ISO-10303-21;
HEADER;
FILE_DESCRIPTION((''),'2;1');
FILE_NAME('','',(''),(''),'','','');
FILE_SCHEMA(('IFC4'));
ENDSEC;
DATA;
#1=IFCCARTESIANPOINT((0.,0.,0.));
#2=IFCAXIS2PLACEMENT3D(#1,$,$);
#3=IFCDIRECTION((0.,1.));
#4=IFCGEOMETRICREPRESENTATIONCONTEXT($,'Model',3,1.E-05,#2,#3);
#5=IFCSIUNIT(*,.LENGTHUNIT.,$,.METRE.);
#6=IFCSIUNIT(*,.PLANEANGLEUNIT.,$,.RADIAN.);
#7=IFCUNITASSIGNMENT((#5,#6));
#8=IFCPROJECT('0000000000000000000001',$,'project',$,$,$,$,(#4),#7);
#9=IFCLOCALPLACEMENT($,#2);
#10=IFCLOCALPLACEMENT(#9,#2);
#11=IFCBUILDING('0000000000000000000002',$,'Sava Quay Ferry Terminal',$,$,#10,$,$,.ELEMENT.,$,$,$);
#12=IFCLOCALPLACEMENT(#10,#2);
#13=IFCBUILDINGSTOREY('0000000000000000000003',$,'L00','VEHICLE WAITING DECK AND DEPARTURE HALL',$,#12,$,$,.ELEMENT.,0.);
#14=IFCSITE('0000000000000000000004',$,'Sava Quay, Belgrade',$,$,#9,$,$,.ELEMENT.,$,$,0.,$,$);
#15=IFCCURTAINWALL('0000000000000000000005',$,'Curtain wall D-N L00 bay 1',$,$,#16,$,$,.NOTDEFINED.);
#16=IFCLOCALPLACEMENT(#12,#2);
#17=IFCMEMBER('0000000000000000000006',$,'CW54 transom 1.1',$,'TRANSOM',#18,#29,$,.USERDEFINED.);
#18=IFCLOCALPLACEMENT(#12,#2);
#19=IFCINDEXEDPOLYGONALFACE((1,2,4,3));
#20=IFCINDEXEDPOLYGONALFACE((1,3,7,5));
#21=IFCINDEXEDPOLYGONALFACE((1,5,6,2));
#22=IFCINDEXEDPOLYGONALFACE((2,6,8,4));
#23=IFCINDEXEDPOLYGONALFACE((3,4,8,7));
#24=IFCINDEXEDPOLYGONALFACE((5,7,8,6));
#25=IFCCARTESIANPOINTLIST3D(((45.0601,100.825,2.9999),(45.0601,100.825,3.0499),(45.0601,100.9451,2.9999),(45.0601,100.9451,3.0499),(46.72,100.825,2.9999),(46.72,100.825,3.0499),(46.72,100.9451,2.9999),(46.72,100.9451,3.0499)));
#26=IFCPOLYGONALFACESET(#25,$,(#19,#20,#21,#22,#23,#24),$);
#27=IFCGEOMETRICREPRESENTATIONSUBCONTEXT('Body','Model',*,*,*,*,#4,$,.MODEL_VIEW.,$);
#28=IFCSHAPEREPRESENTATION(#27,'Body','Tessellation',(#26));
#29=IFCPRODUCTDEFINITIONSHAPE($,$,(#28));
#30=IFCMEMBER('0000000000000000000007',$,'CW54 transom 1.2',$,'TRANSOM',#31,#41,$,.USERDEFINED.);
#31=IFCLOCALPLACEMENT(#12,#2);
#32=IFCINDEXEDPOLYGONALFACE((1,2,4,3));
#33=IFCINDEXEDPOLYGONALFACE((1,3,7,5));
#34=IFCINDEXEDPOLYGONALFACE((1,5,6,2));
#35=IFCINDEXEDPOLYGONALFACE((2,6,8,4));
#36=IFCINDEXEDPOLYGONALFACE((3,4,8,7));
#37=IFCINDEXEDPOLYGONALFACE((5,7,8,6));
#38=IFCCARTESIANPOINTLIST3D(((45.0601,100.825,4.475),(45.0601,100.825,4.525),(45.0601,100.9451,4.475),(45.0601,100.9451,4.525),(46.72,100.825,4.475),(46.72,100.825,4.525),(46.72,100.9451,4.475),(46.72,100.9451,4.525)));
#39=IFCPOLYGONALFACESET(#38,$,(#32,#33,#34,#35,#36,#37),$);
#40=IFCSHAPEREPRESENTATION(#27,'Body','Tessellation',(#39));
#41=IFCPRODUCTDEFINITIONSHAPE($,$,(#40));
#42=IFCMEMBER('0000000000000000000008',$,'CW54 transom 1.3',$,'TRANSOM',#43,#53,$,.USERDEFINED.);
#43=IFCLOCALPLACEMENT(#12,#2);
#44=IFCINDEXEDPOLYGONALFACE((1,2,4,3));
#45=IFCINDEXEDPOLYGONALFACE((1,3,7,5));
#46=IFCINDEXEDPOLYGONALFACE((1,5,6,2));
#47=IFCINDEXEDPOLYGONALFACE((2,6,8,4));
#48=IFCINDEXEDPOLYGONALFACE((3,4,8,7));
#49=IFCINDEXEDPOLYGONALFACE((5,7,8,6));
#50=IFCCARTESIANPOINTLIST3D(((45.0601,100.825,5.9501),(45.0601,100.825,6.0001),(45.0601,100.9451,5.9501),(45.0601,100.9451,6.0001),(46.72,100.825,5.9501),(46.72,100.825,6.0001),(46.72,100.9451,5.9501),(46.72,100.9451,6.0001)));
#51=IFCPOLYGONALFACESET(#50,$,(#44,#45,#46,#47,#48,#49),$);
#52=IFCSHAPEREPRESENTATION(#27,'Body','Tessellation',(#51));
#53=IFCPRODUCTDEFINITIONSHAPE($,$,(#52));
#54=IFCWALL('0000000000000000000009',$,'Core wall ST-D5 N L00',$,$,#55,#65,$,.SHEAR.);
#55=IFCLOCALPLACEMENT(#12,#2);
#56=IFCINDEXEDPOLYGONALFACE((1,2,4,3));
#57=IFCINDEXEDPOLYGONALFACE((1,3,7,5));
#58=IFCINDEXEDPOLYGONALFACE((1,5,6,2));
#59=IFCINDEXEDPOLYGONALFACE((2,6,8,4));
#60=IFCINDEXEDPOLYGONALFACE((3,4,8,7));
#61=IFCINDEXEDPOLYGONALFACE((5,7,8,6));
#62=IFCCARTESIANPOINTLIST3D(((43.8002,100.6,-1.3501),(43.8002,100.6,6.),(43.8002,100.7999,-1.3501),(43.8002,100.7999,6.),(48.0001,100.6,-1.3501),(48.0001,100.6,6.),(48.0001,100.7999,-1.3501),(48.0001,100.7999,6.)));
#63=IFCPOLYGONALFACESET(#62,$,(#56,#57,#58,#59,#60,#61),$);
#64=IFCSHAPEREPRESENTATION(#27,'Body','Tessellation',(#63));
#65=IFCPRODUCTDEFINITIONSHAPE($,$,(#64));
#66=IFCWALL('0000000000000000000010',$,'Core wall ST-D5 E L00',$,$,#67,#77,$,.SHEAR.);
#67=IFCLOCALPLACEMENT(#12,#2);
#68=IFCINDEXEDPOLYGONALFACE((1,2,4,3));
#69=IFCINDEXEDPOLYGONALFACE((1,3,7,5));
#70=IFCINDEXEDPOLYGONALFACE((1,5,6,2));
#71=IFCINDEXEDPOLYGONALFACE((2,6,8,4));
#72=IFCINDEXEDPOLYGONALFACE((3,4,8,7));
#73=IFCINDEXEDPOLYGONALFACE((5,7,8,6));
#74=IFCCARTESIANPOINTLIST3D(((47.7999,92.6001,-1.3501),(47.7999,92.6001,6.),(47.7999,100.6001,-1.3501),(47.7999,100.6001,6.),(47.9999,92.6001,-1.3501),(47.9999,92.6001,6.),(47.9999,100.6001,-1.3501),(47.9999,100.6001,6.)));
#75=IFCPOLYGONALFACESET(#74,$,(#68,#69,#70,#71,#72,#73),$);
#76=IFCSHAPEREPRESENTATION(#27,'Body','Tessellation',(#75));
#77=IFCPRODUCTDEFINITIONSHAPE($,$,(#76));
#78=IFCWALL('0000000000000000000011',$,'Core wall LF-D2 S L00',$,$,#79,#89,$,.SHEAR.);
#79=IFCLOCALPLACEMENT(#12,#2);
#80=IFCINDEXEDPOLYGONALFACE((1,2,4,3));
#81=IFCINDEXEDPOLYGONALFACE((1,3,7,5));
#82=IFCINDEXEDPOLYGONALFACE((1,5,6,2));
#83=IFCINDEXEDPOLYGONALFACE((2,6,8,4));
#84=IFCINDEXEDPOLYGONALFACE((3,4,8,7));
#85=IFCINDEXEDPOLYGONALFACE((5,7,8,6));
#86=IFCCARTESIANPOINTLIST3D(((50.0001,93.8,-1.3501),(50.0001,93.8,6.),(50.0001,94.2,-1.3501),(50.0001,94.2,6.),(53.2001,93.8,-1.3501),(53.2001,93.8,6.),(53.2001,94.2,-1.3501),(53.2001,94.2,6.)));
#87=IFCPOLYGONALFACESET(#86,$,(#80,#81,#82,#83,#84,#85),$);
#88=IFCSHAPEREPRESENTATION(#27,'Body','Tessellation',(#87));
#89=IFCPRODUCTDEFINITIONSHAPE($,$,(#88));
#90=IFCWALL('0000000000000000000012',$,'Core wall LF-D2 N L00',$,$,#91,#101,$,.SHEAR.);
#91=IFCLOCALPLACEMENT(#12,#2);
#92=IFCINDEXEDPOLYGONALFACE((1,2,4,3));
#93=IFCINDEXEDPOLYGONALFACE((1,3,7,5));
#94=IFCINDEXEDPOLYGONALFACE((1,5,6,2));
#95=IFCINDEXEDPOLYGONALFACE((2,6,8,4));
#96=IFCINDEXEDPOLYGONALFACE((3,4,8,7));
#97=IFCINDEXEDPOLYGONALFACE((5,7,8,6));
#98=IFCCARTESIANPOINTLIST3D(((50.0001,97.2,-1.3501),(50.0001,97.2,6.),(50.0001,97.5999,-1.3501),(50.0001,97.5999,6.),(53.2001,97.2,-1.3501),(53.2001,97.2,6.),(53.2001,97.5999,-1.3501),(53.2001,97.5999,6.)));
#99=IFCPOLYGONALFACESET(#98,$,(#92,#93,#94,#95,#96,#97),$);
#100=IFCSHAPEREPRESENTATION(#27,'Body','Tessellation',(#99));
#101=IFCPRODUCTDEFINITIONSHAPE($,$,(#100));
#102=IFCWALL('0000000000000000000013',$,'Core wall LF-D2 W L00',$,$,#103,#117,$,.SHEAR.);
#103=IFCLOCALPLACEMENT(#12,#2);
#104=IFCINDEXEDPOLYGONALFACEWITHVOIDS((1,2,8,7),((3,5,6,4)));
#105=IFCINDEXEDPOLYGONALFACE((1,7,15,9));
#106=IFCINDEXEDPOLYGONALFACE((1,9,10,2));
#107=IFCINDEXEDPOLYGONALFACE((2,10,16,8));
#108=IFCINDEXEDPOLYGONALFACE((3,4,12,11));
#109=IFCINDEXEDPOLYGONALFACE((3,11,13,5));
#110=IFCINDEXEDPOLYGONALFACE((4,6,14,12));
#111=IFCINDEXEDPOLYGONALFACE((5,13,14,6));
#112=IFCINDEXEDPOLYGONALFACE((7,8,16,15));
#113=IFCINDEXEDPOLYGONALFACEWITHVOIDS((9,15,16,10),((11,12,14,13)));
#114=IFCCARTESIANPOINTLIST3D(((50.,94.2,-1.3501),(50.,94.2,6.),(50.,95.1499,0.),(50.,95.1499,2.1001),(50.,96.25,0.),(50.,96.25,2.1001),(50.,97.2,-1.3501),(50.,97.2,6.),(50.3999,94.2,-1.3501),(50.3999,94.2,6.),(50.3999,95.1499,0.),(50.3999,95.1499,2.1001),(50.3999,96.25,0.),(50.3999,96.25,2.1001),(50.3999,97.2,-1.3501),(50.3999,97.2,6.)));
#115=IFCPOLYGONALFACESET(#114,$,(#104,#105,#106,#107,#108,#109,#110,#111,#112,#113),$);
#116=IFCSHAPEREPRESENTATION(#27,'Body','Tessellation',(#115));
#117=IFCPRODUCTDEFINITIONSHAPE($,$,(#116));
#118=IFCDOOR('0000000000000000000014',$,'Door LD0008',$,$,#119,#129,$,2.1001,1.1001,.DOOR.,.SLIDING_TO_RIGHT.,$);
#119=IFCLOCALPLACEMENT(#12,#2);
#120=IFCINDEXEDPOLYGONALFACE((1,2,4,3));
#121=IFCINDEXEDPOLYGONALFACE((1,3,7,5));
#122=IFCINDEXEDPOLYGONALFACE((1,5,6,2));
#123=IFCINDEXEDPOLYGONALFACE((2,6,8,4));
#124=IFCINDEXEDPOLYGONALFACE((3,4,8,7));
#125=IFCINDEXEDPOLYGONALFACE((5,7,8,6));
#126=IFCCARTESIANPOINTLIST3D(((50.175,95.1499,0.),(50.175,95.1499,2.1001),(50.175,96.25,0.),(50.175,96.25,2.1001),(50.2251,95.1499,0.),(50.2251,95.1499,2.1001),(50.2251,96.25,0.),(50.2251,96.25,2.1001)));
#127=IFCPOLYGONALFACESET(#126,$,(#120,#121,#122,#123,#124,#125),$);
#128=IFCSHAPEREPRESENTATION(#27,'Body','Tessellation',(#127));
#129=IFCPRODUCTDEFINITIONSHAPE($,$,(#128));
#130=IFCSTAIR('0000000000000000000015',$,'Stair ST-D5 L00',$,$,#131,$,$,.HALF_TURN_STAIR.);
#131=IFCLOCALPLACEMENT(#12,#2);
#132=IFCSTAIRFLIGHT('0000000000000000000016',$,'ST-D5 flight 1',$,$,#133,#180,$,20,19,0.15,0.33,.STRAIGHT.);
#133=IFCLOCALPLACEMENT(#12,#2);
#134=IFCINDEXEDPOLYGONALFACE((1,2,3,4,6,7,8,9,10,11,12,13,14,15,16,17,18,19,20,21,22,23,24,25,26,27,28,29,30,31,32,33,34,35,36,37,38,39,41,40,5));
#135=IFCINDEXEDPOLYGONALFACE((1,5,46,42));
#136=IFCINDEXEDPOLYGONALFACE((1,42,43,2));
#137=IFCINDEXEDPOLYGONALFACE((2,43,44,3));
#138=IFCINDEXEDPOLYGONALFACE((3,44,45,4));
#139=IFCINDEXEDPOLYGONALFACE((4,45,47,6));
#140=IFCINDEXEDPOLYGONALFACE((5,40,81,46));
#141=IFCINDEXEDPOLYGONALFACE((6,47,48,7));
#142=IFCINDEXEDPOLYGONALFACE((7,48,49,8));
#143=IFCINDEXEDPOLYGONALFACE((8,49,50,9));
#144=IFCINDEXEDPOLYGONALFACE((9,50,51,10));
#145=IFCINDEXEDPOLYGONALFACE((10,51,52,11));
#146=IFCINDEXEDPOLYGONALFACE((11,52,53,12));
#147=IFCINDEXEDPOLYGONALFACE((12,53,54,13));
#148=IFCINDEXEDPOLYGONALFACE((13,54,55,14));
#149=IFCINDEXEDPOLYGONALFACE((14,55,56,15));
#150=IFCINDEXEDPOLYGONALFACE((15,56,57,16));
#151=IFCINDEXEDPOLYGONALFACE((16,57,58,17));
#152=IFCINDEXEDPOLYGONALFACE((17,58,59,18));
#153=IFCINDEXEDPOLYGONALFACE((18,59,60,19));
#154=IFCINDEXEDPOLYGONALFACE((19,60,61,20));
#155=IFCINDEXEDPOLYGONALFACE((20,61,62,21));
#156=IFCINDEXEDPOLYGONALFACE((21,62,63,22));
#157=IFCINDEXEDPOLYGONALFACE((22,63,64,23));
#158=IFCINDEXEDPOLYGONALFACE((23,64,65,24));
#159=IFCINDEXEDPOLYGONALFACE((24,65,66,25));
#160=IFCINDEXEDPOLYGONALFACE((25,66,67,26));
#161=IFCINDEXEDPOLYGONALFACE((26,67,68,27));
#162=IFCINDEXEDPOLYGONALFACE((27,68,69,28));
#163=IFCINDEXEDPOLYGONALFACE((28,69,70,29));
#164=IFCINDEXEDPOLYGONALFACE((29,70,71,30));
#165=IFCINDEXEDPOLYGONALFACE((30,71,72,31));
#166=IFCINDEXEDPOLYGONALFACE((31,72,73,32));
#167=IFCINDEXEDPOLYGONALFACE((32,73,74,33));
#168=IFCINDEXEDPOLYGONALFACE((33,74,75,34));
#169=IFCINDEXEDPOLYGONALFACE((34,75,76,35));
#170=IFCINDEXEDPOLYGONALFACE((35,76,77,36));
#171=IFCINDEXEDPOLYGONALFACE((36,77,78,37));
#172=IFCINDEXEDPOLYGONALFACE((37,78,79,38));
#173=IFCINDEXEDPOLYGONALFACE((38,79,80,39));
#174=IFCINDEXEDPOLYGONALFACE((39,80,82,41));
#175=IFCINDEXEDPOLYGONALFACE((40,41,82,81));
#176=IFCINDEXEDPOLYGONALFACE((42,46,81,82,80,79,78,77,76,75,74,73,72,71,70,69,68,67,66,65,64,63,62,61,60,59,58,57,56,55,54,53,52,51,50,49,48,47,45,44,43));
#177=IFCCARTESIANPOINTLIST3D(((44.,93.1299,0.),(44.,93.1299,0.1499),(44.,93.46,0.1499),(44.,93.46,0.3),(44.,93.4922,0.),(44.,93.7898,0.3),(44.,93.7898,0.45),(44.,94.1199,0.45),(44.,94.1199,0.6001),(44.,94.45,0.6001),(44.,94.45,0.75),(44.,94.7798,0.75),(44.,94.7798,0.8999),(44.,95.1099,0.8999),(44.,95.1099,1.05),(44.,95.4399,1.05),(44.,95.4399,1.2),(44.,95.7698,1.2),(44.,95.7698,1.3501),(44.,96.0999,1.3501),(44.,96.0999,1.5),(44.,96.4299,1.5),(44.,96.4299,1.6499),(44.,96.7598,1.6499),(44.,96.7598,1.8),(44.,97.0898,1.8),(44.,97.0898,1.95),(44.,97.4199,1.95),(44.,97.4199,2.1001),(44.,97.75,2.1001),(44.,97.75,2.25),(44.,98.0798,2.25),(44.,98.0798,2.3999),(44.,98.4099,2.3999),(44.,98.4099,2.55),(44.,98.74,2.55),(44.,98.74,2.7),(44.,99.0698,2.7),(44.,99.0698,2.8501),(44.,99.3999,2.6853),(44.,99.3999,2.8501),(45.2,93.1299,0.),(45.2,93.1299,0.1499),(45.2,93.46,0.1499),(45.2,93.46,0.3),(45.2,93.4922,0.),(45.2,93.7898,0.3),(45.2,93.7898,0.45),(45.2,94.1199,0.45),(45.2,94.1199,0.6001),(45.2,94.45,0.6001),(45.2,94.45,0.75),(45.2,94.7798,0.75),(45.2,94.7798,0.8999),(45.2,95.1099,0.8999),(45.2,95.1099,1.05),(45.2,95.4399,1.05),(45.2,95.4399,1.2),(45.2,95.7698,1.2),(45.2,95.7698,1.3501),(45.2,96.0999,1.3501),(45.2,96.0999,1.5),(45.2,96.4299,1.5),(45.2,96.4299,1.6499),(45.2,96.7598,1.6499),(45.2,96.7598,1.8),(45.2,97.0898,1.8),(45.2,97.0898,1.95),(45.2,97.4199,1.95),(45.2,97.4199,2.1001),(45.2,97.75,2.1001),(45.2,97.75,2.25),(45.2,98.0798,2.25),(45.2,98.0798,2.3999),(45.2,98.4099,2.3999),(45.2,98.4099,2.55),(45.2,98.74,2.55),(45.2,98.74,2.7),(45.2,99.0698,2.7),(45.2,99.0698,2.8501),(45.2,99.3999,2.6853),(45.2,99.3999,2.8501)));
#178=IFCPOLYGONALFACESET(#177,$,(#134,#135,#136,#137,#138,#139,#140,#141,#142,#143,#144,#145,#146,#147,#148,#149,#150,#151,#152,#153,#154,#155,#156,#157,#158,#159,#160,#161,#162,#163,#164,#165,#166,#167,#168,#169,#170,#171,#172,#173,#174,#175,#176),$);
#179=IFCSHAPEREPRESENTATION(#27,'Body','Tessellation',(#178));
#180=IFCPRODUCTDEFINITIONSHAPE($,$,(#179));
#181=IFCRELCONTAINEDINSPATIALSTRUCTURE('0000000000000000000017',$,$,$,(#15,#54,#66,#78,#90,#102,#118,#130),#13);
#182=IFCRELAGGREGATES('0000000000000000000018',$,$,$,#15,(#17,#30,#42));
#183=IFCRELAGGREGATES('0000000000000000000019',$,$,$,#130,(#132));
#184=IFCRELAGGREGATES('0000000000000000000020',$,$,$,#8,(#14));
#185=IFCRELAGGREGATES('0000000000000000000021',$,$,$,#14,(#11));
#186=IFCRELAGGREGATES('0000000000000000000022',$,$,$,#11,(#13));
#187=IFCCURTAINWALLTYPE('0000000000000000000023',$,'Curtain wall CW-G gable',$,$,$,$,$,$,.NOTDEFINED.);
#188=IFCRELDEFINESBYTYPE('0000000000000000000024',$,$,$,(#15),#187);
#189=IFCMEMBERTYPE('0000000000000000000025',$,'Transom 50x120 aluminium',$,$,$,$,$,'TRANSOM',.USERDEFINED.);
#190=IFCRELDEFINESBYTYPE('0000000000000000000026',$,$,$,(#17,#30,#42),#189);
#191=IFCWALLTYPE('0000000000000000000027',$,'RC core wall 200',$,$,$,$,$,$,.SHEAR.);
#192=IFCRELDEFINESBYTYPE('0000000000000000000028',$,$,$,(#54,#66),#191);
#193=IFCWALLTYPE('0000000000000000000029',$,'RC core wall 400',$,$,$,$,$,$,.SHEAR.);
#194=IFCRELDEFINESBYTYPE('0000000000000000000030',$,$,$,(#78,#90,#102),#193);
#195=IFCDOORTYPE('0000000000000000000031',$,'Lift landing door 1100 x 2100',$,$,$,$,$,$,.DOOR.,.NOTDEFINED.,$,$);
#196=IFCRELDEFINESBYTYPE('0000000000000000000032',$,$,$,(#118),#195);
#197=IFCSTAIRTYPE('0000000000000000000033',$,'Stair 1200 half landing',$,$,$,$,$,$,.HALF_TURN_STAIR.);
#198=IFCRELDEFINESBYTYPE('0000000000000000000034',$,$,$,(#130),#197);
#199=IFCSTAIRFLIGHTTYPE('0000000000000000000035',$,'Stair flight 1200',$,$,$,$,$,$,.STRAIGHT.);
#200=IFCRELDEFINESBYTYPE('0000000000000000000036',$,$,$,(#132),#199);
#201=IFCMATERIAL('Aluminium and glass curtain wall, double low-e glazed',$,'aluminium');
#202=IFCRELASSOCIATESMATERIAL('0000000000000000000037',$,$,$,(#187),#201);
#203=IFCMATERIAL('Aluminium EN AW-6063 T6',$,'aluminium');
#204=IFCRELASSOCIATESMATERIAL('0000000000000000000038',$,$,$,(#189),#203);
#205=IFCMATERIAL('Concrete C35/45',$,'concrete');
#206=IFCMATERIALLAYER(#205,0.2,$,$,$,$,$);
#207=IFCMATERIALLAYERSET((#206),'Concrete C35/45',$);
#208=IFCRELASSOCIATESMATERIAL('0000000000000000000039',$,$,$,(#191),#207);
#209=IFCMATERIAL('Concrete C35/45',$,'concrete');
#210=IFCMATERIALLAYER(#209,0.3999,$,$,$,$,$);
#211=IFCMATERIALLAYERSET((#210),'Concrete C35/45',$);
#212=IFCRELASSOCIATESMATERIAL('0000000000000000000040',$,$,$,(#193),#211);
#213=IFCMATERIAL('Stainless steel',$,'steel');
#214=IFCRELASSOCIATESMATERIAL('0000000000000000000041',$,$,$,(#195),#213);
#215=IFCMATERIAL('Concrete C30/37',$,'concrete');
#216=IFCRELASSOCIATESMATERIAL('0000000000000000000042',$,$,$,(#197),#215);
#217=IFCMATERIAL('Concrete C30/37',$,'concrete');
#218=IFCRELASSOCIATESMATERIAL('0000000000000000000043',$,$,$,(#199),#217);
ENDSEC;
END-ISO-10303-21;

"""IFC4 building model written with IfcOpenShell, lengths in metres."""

from ifc_helpers import new_model, si_unit, direction, frame, frame_2d, origin, origin_2d, place, context, subcontext, project, spatial, polyline, rectangle, outline, extrude, material, layer, layer_set, material_profile, profile_set, type_object, element, fill, aggregate, save


model = new_model("IFC4")

# Units and contexts
model_context = context("Model", 3, precision=1e-05, world=origin(), true_north=direction((0.0, 1.0)))
body_context = subcontext(model_context, "Body", "Model", "MODEL_VIEW")
ifc_project = project(units=[si_unit("LENGTHUNIT", "METRE"), si_unit("PLANEANGLEUNIT", "RADIAN")], contexts=[model_context])

# Site, building, storey
site_placement = place(None, origin())
site = spatial("IfcSite", under=ifc_project, at=site_placement, Name="Sava Quay, Belgrade", CompositionType="ELEMENT", RefElevation=0.0)
building_placement = place(site_placement, origin())
building = spatial("IfcBuilding", under=site, at=building_placement, Name="Sava Quay Ferry Terminal", CompositionType="ELEMENT")
storey_placement = place(building_placement, origin())
storey = spatial("IfcBuildingStorey", under=building, at=storey_placement, Name="L00", Description="VEHICLE WAITING DECK AND DEPARTURE HALL", CompositionType="ELEMENT", Elevation=0.0)

# Curtain wall
ifc_material_1 = material(Name="Aluminium and glass curtain wall, double low-e glazed", Category="aluminium")
curtain_wall_type = type_object("IfcCurtainWallType", Name="Curtain wall CW-G gable", PredefinedType="NOTDEFINED", material=ifc_material_1)
curtain_wall_placement = place(storey_placement, origin())
curtain_wall = element("IfcCurtainWall", 1, at=curtain_wall_placement, inside=storey, type_object=curtain_wall_type, Name="Curtain wall D-N L00 bay 1", PredefinedType="NOTDEFINED")

# Members
ifc_material_2 = material(Name="Aluminium EN AW-6063 T6", Category="aluminium")
ifc_material_profile_1 = material_profile(ifc_material_2, rectangle(XDim=0.1201, YDim=0.05, at=origin_2d()), Name="Transom 50x120 aluminium")
ifc_profile_set_1 = profile_set([ifc_material_profile_1], Name="Aluminium EN AW-6063 T6")
member_type_1 = type_object("IfcMemberType", Name="Transom 50x120 aluminium", ElementType="TRANSOM", PredefinedType="USERDEFINED", material=ifc_profile_set_1)
member_1_placement = place(storey_placement, frame((45.0601, 100.885, 3.0249), z_axis=(1.0, 0.0, 0.0), x_axis=(0.0, 1.0, 0.0)))
member_1 = element("IfcMember", 2, at=member_1_placement, type_object=member_type_1, Name="CW54 transom 1.1", ObjectType="TRANSOM", PredefinedType="USERDEFINED", context=body_context, shape_type="SweptSolid", body=[
    extrude(rectangle(XDim=0.1201, YDim=0.05, at=origin_2d()), origin(), (0.0, 0.0, 1.0), 1.6599),
])
member_2_placement = place(storey_placement, frame((45.0601, 100.885, 4.5), z_axis=(1.0, 0.0, 0.0), x_axis=(0.0, 1.0, 0.0)))
member_2 = element("IfcMember", 3, at=member_2_placement, type_object=member_type_1, Name="CW54 transom 1.2", ObjectType="TRANSOM", PredefinedType="USERDEFINED", context=body_context, shape_type="SweptSolid", body=[
    extrude(rectangle(XDim=0.1201, YDim=0.05, at=origin_2d()), origin(), (0.0, 0.0, 1.0), 1.6599),
])
member_3_placement = place(storey_placement, frame((45.0601, 100.885, 5.9751), z_axis=(1.0, 0.0, 0.0), x_axis=(0.0, 1.0, 0.0)))
member_3 = element("IfcMember", 4, at=member_3_placement, type_object=member_type_1, Name="CW54 transom 1.3", ObjectType="TRANSOM", PredefinedType="USERDEFINED", context=body_context, shape_type="SweptSolid", body=[
    extrude(rectangle(XDim=0.1201, YDim=0.05, at=origin_2d()), origin(), (0.0, 0.0, 1.0), 1.6599),
])
aggregate(curtain_wall, [member_1, member_2, member_3])

# Shared definitions
ifc_material_3 = material(Name="Concrete C35/45", Category="concrete")
ifc_layer_1 = layer(ifc_material_3, 0.2)
ifc_layer_set_1 = layer_set([ifc_layer_1], Name="Concrete C35/45")
wall_type_1 = type_object("IfcWallType", Name="RC core wall 200", PredefinedType="SHEAR", material=ifc_layer_set_1)

# Wall
wall_1_placement = place(storey_placement, frame((43.8, 100.7, -1.3501), z_axis=(0.0, 0.0, 1.0), x_axis=(1.0, 0.0, 0.0)))
element("IfcWall", 5, at=wall_1_placement, inside=storey, type_object=wall_type_1, Name="Core wall ST-D5 N L00", PredefinedType="SHEAR", context=body_context, shape_type="SweptSolid", body=[
    extrude(rectangle(XDim=4.2, YDim=0.2, at=frame_2d((2.1001, 0.0))), origin(), (0.0, 0.0, 1.0), 7.3501),
])

# Walls
wall_2_placement = place(storey_placement, frame((47.8999, 92.6001, -1.3501), z_axis=(0.0, 0.0, 1.0), x_axis=(0.0, 1.0, 0.0)))
element("IfcWall", 6, at=wall_2_placement, inside=storey, type_object=wall_type_1, Name="Core wall ST-D5 E L00", PredefinedType="SHEAR", context=body_context, shape_type="SweptSolid", body=[
    extrude(rectangle(XDim=8.0, YDim=0.2, at=frame_2d((4.0, 0.0))), origin(), (0.0, 0.0, 1.0), 7.3501),
])
ifc_material_4 = material(Name="Concrete C35/45", Category="concrete")
ifc_layer_2 = layer(ifc_material_4, 0.3999)
ifc_layer_set_2 = layer_set([ifc_layer_2], Name="Concrete C35/45")
wall_type_2 = type_object("IfcWallType", Name="RC core wall 400", PredefinedType="SHEAR", material=ifc_layer_set_2)
for number, where, z_axis, x_axis, name in (
    (7, (50.0, 94.0, -1.3501), (0.0, 0.0, 1.0), (1.0, 0.0, 0.0), "Core wall LF-D2 S L00"),
    (8, (50.0, 97.3999, -1.3501), (0.0, 0.0, 1.0), (1.0, 0.0, 0.0), "Core wall LF-D2 N L00"),
):
    element("IfcWall", number, at=place(storey_placement, frame(where, z_axis=z_axis, x_axis=x_axis)), inside=storey, type_object=wall_type_2, Name=name, PredefinedType="SHEAR", context=body_context, shape_type="SweptSolid", body=[
        extrude(rectangle(XDim=3.2, YDim=0.3999, at=frame_2d((1.6001, 0.0))), origin(), (0.0, 0.0, 1.0), 7.3501),
    ])

# Wall, opening, door
wall_3_placement = place(storey_placement, frame((50.2, 94.2, -1.3501), z_axis=(0.0, 0.0, 1.0), x_axis=(0.0, 1.0, 0.0)))
wall_3 = element("IfcWall", 9, at=wall_3_placement, inside=storey, type_object=wall_type_2, Name="Core wall LF-D2 W L00", PredefinedType="SHEAR", context=body_context, shape_type="SweptSolid", body=[
    extrude(rectangle(XDim=3.0, YDim=0.3999, at=frame_2d((1.5, 0.0))), origin(), (0.0, 0.0, 1.0), 7.3501),
])
opening_1_placement = place(wall_3_placement, frame((0.95, 0.0, 1.3501)))
opening_1 = element("IfcOpeningElement", 10, at=opening_1_placement, cuts=wall_3, PredefinedType="OPENING", context=body_context, shape_type="SweptSolid", body=[
    extrude(rectangle(XDim=1.1001, YDim=2.1001, at=frame_2d((0.55, 1.05))), frame((0.0, 0.2, 0.0), z_axis=(0.0, -1.0, 0.0), x_axis=(1.0, 0.0, 0.0)), (0.0, 0.0, 1.0), 0.3999),
])
ifc_material_5 = material(Name="Stainless steel", Category="steel")
door_type_1 = type_object("IfcDoorType", Name="Lift landing door 1100 x 2100", OperationType="NOTDEFINED", PredefinedType="DOOR", material=ifc_material_5)
door_1_placement = place(opening_1_placement, origin())
door_1 = element("IfcDoor", 11, at=door_1_placement, inside=storey, type_object=door_type_1, Name="Door LD0008", OperationType="SLIDING_TO_RIGHT", OverallHeight=2.1001, OverallWidth=1.1001, PredefinedType="DOOR", context=body_context, shape_type="SweptSolid", body=[
    extrude(rectangle(XDim=1.1001, YDim=2.1001, at=frame_2d((0.55, 1.05))), frame((0.0, 0.0249, 0.0), z_axis=(0.0, -1.0, 0.0), x_axis=(1.0, 0.0, 0.0)), (0.0, 0.0, 1.0), 0.05),
])
fill(opening_1, door_1)

# Stair, stair flight
ifc_material_6 = material(Name="Concrete C30/37", Category="concrete")
stair_type = type_object("IfcStairType", Name="Stair 1200 half landing", PredefinedType="HALF_TURN_STAIR", material=ifc_material_6)
stair_placement = place(storey_placement, origin())
stair = element("IfcStair", 12, at=stair_placement, inside=storey, type_object=stair_type, Name="Stair ST-D5 L00", PredefinedType="HALF_TURN_STAIR")
ifc_material_7 = material(Name="Concrete C30/37", Category="concrete")
stair_flight_type = type_object("IfcStairFlightType", Name="Stair flight 1200", PredefinedType="STRAIGHT", material=ifc_material_7)
stair_flight_1_placement = place(storey_placement, frame((44.6001, 93.1299, 0.0), z_axis=(0.0, 0.0, 1.0), x_axis=(0.0, 1.0, 0.0)))
stair_flight_1 = element("IfcStairFlight", 13, at=stair_flight_1_placement, type_object=stair_flight_type, Name="ST-D5 flight 1", NumberOfRisers=20, NumberOfTreads=19, PredefinedType="STRAIGHT", RiserHeight=0.15, TreadLength=0.33, context=body_context, shape_type="SweptSolid", body=[
    extrude(outline(polyline([(0.0, 0.0), (0.0, 0.1499), (0.3301, 0.1499), (0.3301, 0.3), (0.6599, 0.3), (0.6599, 0.45), (0.99, 0.45), (0.99, 0.6001), (1.3201, 0.6001), (1.3201, 0.75), (1.6499, 0.75), (1.6499, 0.8999), (1.98, 0.8999), (1.98, 1.05), (2.3101, 1.05), (2.3101, 1.2), (2.6399, 1.2), (2.6399, 1.3501), (2.97, 1.3501), (2.97, 1.5), (3.3, 1.5), (3.3, 1.6499), (3.6299, 1.6499), (3.6299, 1.8), (3.96, 1.8), (3.96, 1.95), (4.29, 1.95), (4.29, 2.1001), (4.6201, 2.1001), (4.6201, 2.25), (4.95, 2.25), (4.95, 2.3999), (5.28, 2.3999), (5.28, 2.55), (5.6101, 2.55), (5.6101, 2.7), (5.9399, 2.7), (5.9399, 2.8501), (6.27, 2.8501), (6.27, 3.0), (6.27, 2.6853), (0.3623, 0.0), (0.0, 0.0)])), frame((0.0, 0.6001, 0.0), z_axis=(0.0, -1.0, 0.0), x_axis=(1.0, 0.0, 0.0)), (0.0, 0.0, 1.0), 1.2),
])
aggregate(stair, [stair_flight_1])

save(model, "model.ifc")
